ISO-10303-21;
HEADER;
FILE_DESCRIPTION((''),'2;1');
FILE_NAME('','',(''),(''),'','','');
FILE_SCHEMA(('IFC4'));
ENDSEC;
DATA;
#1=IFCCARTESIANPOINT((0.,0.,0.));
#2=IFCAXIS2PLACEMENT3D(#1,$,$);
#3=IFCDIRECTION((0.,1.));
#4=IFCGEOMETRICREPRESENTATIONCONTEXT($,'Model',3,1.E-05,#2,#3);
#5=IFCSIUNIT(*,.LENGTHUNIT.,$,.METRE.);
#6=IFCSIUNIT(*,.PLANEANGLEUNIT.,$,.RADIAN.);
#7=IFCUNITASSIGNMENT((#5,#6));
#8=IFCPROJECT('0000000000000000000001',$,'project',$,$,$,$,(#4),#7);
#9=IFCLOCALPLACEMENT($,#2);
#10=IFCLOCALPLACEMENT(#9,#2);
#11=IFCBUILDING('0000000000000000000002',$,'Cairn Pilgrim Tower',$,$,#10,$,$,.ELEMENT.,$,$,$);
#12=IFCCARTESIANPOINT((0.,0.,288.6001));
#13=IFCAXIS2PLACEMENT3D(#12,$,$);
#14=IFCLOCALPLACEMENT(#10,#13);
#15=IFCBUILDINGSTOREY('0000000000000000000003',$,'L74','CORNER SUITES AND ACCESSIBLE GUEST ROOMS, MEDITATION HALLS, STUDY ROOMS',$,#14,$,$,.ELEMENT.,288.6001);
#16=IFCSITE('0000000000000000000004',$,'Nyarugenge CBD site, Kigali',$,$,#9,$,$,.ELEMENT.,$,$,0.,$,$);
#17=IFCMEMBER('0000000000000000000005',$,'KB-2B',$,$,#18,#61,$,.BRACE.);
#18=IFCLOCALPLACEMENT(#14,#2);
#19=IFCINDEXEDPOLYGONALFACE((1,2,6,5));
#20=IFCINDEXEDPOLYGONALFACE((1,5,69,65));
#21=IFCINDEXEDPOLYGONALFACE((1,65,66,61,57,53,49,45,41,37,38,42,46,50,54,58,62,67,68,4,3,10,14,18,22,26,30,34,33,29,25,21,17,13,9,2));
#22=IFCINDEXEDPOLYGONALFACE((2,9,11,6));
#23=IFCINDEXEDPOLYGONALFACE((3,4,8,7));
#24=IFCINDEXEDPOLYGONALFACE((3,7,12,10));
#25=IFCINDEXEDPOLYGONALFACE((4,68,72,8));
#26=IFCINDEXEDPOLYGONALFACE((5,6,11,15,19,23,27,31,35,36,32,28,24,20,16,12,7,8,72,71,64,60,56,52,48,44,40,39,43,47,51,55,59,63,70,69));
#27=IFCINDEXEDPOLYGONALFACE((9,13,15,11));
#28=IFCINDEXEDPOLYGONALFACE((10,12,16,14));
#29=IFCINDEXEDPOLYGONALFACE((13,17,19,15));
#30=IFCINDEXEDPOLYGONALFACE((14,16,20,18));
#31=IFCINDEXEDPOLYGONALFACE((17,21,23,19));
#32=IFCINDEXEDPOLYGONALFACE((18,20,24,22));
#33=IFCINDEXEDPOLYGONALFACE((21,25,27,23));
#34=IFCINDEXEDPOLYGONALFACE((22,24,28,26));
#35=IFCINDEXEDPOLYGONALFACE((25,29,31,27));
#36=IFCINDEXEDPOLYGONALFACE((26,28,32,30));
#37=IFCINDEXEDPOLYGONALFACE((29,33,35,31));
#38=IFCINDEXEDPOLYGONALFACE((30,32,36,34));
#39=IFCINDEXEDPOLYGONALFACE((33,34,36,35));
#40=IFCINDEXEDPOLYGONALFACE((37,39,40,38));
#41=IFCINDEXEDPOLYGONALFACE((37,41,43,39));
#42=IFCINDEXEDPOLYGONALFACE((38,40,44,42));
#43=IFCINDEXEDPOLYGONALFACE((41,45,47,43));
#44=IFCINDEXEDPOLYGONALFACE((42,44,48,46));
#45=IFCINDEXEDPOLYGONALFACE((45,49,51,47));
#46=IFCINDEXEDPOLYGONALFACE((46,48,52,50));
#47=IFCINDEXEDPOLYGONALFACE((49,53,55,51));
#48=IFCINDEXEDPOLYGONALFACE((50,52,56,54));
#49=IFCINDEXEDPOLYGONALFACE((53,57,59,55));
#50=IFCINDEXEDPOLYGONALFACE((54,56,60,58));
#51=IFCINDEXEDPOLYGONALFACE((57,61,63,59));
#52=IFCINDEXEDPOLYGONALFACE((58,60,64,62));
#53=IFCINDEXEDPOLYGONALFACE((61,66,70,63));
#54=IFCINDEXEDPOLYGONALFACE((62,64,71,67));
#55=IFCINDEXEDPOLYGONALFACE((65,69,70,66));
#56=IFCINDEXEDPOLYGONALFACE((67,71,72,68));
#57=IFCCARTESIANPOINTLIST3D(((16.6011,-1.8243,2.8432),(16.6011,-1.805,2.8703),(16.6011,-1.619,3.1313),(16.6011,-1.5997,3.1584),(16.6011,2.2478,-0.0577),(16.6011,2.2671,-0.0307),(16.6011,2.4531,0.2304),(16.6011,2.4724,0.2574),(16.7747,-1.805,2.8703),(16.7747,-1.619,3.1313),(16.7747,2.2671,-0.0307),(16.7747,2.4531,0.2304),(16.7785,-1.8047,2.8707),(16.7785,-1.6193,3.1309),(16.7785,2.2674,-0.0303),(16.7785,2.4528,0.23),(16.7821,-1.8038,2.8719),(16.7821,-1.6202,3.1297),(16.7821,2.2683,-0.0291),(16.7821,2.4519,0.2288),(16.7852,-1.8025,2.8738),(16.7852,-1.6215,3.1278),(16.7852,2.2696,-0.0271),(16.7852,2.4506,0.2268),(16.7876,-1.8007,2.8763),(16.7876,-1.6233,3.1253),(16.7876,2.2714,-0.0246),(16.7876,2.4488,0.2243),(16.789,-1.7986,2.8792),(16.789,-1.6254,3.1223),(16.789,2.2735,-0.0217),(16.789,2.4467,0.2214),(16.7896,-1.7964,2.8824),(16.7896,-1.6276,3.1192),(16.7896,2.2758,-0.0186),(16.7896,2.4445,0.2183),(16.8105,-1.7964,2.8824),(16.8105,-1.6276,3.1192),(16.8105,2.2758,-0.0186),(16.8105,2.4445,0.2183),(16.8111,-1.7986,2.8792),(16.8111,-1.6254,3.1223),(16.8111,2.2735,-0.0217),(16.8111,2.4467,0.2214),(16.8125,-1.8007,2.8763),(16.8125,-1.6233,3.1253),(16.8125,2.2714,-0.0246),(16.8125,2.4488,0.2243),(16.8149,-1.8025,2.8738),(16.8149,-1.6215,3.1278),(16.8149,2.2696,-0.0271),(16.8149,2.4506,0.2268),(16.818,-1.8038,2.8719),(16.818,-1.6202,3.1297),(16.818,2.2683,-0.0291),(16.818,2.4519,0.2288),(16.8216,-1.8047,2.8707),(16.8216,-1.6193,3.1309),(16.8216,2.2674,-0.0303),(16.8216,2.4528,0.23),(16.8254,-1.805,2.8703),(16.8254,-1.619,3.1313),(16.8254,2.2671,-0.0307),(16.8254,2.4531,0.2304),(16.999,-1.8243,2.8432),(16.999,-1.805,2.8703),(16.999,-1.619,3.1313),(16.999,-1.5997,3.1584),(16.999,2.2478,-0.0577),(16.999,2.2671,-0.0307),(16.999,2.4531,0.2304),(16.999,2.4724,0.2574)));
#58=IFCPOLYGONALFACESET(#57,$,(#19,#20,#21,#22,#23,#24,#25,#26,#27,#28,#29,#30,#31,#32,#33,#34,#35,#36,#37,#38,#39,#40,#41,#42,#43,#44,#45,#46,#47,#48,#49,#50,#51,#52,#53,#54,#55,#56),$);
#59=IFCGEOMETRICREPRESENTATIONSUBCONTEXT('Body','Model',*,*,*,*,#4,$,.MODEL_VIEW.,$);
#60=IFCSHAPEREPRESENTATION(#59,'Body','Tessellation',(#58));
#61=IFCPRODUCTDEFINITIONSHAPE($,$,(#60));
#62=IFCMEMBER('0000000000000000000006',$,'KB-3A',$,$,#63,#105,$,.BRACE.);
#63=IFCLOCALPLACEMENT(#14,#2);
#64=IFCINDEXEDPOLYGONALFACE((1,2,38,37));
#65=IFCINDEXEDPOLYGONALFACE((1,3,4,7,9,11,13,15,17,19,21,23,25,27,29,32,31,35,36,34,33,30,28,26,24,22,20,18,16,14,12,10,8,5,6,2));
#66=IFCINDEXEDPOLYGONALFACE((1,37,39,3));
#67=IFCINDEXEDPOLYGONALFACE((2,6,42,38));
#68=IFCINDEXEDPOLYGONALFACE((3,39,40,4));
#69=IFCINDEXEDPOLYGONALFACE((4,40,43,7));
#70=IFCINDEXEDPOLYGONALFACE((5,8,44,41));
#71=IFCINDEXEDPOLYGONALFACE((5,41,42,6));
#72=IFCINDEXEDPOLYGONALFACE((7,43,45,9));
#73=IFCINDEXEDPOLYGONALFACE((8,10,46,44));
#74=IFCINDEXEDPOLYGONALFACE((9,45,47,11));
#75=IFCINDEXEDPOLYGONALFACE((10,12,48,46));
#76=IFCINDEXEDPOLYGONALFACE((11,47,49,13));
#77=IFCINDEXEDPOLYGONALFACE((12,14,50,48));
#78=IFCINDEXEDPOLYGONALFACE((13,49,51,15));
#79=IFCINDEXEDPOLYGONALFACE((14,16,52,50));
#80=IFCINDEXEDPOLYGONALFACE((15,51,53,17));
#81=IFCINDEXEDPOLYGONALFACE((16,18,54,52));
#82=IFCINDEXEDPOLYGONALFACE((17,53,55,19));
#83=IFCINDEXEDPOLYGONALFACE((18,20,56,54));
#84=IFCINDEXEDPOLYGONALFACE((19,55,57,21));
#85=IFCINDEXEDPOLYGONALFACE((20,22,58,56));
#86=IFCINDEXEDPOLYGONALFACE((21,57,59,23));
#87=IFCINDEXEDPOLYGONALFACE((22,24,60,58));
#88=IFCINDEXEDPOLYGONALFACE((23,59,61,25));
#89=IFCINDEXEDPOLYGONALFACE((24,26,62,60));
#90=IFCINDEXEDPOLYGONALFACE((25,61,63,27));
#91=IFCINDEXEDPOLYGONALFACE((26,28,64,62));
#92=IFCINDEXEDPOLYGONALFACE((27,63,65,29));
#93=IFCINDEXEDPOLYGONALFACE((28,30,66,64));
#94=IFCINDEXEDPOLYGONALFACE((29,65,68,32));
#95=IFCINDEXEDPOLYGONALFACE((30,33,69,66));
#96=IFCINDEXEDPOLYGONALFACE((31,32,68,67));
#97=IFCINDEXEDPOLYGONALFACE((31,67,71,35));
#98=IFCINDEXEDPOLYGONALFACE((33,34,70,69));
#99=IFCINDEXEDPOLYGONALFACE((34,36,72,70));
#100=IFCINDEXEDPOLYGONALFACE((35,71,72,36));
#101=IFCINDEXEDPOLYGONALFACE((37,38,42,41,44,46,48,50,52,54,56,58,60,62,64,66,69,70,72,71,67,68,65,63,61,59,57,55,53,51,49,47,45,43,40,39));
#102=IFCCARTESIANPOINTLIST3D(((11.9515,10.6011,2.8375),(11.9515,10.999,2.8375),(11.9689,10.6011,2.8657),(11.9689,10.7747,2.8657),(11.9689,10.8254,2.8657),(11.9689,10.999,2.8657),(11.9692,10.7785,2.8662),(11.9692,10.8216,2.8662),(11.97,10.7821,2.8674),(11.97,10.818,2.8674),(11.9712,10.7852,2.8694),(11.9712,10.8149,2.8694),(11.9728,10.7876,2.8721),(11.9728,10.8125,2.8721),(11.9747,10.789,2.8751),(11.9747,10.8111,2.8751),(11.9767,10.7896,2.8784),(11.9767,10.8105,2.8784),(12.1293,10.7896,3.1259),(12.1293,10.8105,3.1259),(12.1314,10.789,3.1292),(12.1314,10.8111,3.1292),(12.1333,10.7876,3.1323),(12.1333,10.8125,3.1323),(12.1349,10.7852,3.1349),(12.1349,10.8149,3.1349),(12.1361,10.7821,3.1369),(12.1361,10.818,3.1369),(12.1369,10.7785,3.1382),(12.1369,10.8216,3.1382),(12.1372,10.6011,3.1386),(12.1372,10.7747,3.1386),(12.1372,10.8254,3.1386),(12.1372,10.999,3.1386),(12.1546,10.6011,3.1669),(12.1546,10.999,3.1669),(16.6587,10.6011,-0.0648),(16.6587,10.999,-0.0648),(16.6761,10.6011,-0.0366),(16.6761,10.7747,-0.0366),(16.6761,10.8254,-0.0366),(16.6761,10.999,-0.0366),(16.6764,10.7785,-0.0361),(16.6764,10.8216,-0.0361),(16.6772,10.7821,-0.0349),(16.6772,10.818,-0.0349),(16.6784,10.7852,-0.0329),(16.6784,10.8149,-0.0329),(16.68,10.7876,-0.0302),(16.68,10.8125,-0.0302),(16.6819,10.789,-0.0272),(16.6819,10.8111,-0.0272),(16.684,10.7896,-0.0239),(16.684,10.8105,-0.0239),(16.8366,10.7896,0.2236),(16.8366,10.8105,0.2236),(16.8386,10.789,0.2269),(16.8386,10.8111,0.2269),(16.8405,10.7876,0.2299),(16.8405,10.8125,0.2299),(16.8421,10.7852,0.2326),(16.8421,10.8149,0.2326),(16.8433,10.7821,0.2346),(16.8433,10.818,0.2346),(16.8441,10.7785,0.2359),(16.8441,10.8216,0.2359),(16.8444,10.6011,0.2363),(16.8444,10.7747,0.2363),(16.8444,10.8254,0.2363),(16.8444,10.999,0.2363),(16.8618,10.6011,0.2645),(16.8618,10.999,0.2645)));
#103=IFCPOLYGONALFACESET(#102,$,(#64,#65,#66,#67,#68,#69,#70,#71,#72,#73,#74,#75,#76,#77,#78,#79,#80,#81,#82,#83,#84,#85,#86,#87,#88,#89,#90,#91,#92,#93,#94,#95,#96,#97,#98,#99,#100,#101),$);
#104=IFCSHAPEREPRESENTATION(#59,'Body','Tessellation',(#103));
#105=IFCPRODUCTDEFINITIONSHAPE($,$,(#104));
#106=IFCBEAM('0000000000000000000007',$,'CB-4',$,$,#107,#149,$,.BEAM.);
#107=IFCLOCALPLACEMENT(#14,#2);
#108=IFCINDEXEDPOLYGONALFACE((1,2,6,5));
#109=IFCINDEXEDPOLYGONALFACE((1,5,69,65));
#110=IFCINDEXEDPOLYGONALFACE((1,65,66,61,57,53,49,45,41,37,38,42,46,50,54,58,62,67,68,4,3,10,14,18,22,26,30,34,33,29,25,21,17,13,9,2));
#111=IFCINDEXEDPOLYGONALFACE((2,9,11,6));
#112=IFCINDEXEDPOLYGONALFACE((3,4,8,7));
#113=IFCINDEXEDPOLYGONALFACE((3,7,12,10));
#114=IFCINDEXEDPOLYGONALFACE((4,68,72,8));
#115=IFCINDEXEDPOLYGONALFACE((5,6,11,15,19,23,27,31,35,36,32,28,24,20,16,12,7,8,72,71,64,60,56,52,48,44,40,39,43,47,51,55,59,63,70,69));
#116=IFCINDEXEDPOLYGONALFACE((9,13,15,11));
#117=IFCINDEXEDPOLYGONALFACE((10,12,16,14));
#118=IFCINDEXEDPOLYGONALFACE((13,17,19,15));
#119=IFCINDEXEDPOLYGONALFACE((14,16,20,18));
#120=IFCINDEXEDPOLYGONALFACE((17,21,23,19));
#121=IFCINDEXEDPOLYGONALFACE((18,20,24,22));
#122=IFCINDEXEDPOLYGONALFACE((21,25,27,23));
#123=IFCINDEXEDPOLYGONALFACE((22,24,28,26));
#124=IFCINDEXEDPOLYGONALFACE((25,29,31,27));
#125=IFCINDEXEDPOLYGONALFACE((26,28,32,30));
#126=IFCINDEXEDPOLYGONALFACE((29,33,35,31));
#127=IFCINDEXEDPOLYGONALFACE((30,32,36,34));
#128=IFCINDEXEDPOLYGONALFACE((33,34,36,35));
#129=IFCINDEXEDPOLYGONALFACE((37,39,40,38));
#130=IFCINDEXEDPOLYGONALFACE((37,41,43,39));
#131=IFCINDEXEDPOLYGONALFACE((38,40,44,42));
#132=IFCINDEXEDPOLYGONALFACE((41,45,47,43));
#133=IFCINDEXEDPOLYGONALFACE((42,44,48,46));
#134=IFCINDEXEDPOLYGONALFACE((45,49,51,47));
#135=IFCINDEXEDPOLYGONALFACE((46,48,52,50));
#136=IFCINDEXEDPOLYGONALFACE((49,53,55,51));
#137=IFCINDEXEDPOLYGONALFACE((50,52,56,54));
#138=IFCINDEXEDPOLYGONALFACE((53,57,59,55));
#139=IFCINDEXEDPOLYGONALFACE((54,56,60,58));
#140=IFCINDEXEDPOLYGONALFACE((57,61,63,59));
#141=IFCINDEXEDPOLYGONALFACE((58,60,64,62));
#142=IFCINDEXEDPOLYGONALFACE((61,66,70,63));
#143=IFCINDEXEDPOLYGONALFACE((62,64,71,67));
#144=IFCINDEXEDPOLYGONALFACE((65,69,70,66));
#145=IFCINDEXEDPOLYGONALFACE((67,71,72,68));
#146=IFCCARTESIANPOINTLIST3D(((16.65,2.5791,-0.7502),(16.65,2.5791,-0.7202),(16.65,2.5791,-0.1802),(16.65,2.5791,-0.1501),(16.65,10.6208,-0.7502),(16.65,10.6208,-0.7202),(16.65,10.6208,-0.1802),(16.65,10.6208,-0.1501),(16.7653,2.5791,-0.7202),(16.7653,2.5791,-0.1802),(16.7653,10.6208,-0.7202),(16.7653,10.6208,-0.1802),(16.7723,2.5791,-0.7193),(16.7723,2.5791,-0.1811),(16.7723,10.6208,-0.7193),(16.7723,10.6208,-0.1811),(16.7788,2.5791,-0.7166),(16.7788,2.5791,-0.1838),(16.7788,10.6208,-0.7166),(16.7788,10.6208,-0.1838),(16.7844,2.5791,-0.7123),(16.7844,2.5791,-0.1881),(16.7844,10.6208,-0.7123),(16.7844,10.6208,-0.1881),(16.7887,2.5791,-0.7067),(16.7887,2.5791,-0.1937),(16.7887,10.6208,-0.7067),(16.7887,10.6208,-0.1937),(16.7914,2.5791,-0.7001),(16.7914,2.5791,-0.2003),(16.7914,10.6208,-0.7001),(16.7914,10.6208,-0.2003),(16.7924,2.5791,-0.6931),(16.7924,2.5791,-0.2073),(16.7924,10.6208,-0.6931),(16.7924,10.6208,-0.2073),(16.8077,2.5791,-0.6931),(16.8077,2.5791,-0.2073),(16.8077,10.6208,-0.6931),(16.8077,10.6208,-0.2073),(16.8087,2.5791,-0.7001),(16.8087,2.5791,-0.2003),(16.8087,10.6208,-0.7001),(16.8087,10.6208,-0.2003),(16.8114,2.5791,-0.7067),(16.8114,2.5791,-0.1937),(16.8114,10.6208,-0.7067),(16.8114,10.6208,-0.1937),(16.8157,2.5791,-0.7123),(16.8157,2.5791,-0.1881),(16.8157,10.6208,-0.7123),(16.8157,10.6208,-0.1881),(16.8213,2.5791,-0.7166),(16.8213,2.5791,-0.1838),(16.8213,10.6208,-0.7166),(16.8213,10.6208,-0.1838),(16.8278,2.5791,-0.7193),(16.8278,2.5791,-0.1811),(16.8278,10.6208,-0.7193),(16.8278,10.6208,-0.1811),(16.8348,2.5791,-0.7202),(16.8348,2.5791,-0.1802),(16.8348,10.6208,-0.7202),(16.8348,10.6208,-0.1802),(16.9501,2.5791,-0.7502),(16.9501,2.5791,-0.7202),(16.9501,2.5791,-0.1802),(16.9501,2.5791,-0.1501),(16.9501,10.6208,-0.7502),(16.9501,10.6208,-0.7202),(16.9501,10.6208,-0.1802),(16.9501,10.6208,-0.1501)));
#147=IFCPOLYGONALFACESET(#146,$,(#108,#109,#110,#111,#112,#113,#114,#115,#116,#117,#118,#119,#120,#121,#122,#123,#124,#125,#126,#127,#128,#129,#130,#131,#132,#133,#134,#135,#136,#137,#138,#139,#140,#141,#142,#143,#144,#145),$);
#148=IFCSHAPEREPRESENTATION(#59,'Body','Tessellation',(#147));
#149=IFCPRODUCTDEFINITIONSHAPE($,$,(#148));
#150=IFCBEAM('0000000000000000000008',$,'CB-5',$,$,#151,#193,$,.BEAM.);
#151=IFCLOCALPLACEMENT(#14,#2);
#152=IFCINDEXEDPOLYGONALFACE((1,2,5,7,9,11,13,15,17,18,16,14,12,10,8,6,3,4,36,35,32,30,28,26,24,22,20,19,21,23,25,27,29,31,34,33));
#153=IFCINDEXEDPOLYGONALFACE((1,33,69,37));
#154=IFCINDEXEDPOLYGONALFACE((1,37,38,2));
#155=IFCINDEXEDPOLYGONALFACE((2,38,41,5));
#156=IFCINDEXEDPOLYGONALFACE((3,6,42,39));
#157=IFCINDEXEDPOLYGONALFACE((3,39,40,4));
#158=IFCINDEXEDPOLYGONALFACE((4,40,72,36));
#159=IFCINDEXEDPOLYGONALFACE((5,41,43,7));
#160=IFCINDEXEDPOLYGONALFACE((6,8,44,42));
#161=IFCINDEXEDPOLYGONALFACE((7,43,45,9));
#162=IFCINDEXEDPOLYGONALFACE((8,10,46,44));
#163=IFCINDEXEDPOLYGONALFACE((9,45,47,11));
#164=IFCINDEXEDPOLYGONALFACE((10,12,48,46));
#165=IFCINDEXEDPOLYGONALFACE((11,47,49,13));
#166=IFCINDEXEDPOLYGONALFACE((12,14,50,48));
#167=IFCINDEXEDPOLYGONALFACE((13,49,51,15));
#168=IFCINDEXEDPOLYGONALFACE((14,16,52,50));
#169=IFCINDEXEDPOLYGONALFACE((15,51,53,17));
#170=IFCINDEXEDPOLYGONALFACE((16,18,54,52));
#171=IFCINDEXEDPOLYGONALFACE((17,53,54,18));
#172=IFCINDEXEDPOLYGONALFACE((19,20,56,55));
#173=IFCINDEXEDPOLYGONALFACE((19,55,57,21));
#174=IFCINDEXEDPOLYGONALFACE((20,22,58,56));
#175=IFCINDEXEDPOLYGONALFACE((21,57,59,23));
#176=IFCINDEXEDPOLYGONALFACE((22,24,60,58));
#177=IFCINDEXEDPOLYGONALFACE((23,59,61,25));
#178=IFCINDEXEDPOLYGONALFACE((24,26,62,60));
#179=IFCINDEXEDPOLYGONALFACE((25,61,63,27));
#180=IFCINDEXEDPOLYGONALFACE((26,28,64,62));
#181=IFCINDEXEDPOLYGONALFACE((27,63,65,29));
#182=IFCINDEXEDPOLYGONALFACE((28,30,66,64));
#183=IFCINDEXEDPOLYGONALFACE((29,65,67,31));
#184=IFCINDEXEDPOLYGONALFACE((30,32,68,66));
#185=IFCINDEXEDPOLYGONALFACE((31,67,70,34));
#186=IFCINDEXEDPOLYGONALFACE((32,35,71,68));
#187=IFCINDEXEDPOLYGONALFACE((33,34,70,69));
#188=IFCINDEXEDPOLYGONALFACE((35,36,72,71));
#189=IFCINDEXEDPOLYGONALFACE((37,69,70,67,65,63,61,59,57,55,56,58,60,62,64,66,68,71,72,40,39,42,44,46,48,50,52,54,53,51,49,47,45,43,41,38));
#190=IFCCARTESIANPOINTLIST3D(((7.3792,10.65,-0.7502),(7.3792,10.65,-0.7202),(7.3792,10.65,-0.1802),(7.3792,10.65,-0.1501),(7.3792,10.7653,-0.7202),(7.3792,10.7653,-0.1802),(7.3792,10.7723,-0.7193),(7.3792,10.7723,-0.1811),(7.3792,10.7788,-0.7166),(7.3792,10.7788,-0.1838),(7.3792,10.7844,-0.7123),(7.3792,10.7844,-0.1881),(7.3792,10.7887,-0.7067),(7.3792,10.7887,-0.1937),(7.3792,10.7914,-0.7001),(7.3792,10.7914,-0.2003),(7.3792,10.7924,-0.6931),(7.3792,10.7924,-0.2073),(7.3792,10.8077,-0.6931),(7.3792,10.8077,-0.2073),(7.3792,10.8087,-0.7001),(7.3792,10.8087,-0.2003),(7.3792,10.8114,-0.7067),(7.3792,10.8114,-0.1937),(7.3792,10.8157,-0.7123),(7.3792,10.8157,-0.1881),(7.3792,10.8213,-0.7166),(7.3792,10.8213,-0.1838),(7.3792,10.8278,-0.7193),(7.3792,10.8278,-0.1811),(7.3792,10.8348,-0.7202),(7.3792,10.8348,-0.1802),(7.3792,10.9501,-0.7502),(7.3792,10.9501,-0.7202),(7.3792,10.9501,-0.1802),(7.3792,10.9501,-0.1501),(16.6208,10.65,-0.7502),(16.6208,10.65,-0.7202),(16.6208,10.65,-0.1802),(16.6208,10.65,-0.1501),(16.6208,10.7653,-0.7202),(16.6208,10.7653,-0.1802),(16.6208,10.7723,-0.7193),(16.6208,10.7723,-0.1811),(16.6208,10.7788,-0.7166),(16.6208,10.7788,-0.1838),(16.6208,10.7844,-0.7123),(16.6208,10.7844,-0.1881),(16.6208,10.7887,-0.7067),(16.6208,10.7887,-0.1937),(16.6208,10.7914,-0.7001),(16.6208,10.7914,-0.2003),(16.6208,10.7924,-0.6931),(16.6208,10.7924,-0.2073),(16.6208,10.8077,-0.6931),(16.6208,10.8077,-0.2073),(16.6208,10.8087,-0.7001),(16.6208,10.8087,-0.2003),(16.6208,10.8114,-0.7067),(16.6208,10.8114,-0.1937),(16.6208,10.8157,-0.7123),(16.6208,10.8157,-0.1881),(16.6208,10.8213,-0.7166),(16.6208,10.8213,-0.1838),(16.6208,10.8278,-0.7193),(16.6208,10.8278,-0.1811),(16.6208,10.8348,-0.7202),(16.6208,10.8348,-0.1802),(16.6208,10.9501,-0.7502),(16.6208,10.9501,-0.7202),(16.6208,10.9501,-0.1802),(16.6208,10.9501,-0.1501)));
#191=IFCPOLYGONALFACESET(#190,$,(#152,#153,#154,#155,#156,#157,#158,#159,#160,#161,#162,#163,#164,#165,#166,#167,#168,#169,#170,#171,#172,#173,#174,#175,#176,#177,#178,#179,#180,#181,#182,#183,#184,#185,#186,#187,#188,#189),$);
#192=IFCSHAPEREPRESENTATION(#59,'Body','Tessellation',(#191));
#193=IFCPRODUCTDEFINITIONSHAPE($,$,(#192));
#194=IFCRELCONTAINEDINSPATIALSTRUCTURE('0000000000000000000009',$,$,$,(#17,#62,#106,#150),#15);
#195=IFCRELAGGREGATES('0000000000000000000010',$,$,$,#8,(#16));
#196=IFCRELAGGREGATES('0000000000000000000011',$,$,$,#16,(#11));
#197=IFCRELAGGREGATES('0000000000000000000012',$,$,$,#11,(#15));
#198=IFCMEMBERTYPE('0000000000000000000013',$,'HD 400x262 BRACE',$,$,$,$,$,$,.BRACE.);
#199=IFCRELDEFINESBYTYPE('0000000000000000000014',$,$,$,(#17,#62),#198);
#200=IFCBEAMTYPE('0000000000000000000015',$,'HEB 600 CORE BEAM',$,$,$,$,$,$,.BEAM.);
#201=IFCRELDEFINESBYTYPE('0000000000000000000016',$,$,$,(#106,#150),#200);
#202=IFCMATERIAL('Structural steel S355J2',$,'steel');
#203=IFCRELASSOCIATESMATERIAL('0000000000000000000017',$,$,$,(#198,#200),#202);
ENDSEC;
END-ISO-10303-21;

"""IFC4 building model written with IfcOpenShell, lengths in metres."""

from ifc_helpers import new_model, si_unit, direction, frame, origin, origin_2d, place, context, subcontext, project, spatial, i_section, extrude, material, material_profile, profile_set, type_object, element, save


model = new_model("IFC4")

# Units and contexts
model_context = context("Model", 3, precision=1e-05, world=origin(), true_north=direction((0.0, 1.0)))
body_context = subcontext(model_context, "Body", "Model", "MODEL_VIEW")
ifc_project = project(units=[si_unit("LENGTHUNIT", "METRE"), si_unit("PLANEANGLEUNIT", "RADIAN")], contexts=[model_context])

# Site, building, storey
site_placement = place(None, origin())
site = spatial("IfcSite", under=ifc_project, at=site_placement, Name="Nyarugenge CBD site, Kigali", CompositionType="ELEMENT", RefElevation=0.0)
building_placement = place(site_placement, origin())
building = spatial("IfcBuilding", under=site, at=building_placement, Name="Cairn Pilgrim Tower", CompositionType="ELEMENT")
storey_placement = place(building_placement, frame((0.0, 0.0, 288.6001)))
storey = spatial("IfcBuildingStorey", under=building, at=storey_placement, Name="L74", Description="CORNER SUITES AND ACCESSIBLE GUEST ROOMS, MEDITATION HALLS, STUDY ROOMS", CompositionType="ELEMENT", Elevation=288.6001)

# Shared definitions
ifc_material_1 = material(Name="Structural steel S355J2", Category="steel")

# Members
ifc_material_profile_1 = material_profile(ifc_material_1, i_section(OverallWidth=0.3979, OverallDepth=0.387, WebThickness=0.021, FlangeThickness=0.0332, FilletRadius=0.0149, at=origin_2d()), Name="HD 400x262")
ifc_profile_set_1 = profile_set([ifc_material_profile_1], Name="Structural steel S355J2")
member_type = type_object("IfcMemberType", Name="HD 400x262 BRACE", PredefinedType="BRACE", material=ifc_profile_set_1)
member_1_placement = place(storey_placement, frame((16.8, 2.3601, 0.0999), z_axis=(0.0, -0.814462, 0.580217), x_axis=(1.0, 0.0, 0.0)))
element("IfcMember", 1, at=member_1_placement, inside=storey, type_object=member_type, Name="KB-2B", PredefinedType="BRACE", context=body_context, shape_type="SweptSolid", body=[
    extrude(i_section(OverallWidth=0.3979, OverallDepth=0.387, WebThickness=0.021, FlangeThickness=0.0332, FilletRadius=0.0149, at=origin_2d()), origin(), (0.0, 0.0, 1.0), 4.9998),
])
member_2_placement = place(storey_placement, frame((16.7603, 10.8, 0.0999), z_axis=(-0.851209, 0.0, 0.524826), x_axis=(0.0, -1.0, 0.0)))
element("IfcMember", 2, at=member_2_placement, inside=storey, type_object=member_type, Name="KB-3A", PredefinedType="BRACE", context=body_context, shape_type="SweptSolid", body=[
    extrude(i_section(OverallWidth=0.3979, OverallDepth=0.387, WebThickness=0.021, FlangeThickness=0.0332, FilletRadius=0.0149, at=origin_2d()), origin(), (0.0, 0.0, 1.0), 5.53),
])

# Beams
ifc_material_profile_2 = material_profile(ifc_material_1, i_section(OverallWidth=0.3, OverallDepth=0.6001, WebThickness=0.0154, FlangeThickness=0.03, FilletRadius=0.0271, at=origin_2d()), Name="HEB 600")
ifc_profile_set_2 = profile_set([ifc_material_profile_2], Name="Structural steel S355J2")
beam_type_1 = type_object("IfcBeamType", Name="HEB 600 CORE BEAM", PredefinedType="BEAM", material=ifc_profile_set_2)
beam_1_placement = place(storey_placement, frame((16.8, 2.5791, -0.4502), z_axis=(0.0, 1.0, 0.0), x_axis=(-1.0, 0.0, 0.0)))
element("IfcBeam", 3, at=beam_1_placement, inside=storey, type_object=beam_type_1, Name="CB-4", PredefinedType="BEAM", context=body_context, shape_type="SweptSolid", body=[
    extrude(i_section(OverallWidth=0.3, OverallDepth=0.6001, WebThickness=0.0154, FlangeThickness=0.03, FilletRadius=0.0271, at=origin_2d()), origin(), (0.0, 0.0, 1.0), 8.0417),
])
beam_2_placement = place(storey_placement, frame((16.6208, 10.8, -0.4502), z_axis=(-1.0, 0.0, 0.0), x_axis=(0.0, -1.0, 0.0)))
element("IfcBeam", 4, at=beam_2_placement, inside=storey, type_object=beam_type_1, Name="CB-5", PredefinedType="BEAM", context=body_context, shape_type="SweptSolid", body=[
    extrude(i_section(OverallWidth=0.3, OverallDepth=0.6001, WebThickness=0.0154, FlangeThickness=0.03, FilletRadius=0.0271, at=origin_2d()), origin(), (0.0, 0.0, 1.0), 9.2417),
])

save(model, "model.ifc")
